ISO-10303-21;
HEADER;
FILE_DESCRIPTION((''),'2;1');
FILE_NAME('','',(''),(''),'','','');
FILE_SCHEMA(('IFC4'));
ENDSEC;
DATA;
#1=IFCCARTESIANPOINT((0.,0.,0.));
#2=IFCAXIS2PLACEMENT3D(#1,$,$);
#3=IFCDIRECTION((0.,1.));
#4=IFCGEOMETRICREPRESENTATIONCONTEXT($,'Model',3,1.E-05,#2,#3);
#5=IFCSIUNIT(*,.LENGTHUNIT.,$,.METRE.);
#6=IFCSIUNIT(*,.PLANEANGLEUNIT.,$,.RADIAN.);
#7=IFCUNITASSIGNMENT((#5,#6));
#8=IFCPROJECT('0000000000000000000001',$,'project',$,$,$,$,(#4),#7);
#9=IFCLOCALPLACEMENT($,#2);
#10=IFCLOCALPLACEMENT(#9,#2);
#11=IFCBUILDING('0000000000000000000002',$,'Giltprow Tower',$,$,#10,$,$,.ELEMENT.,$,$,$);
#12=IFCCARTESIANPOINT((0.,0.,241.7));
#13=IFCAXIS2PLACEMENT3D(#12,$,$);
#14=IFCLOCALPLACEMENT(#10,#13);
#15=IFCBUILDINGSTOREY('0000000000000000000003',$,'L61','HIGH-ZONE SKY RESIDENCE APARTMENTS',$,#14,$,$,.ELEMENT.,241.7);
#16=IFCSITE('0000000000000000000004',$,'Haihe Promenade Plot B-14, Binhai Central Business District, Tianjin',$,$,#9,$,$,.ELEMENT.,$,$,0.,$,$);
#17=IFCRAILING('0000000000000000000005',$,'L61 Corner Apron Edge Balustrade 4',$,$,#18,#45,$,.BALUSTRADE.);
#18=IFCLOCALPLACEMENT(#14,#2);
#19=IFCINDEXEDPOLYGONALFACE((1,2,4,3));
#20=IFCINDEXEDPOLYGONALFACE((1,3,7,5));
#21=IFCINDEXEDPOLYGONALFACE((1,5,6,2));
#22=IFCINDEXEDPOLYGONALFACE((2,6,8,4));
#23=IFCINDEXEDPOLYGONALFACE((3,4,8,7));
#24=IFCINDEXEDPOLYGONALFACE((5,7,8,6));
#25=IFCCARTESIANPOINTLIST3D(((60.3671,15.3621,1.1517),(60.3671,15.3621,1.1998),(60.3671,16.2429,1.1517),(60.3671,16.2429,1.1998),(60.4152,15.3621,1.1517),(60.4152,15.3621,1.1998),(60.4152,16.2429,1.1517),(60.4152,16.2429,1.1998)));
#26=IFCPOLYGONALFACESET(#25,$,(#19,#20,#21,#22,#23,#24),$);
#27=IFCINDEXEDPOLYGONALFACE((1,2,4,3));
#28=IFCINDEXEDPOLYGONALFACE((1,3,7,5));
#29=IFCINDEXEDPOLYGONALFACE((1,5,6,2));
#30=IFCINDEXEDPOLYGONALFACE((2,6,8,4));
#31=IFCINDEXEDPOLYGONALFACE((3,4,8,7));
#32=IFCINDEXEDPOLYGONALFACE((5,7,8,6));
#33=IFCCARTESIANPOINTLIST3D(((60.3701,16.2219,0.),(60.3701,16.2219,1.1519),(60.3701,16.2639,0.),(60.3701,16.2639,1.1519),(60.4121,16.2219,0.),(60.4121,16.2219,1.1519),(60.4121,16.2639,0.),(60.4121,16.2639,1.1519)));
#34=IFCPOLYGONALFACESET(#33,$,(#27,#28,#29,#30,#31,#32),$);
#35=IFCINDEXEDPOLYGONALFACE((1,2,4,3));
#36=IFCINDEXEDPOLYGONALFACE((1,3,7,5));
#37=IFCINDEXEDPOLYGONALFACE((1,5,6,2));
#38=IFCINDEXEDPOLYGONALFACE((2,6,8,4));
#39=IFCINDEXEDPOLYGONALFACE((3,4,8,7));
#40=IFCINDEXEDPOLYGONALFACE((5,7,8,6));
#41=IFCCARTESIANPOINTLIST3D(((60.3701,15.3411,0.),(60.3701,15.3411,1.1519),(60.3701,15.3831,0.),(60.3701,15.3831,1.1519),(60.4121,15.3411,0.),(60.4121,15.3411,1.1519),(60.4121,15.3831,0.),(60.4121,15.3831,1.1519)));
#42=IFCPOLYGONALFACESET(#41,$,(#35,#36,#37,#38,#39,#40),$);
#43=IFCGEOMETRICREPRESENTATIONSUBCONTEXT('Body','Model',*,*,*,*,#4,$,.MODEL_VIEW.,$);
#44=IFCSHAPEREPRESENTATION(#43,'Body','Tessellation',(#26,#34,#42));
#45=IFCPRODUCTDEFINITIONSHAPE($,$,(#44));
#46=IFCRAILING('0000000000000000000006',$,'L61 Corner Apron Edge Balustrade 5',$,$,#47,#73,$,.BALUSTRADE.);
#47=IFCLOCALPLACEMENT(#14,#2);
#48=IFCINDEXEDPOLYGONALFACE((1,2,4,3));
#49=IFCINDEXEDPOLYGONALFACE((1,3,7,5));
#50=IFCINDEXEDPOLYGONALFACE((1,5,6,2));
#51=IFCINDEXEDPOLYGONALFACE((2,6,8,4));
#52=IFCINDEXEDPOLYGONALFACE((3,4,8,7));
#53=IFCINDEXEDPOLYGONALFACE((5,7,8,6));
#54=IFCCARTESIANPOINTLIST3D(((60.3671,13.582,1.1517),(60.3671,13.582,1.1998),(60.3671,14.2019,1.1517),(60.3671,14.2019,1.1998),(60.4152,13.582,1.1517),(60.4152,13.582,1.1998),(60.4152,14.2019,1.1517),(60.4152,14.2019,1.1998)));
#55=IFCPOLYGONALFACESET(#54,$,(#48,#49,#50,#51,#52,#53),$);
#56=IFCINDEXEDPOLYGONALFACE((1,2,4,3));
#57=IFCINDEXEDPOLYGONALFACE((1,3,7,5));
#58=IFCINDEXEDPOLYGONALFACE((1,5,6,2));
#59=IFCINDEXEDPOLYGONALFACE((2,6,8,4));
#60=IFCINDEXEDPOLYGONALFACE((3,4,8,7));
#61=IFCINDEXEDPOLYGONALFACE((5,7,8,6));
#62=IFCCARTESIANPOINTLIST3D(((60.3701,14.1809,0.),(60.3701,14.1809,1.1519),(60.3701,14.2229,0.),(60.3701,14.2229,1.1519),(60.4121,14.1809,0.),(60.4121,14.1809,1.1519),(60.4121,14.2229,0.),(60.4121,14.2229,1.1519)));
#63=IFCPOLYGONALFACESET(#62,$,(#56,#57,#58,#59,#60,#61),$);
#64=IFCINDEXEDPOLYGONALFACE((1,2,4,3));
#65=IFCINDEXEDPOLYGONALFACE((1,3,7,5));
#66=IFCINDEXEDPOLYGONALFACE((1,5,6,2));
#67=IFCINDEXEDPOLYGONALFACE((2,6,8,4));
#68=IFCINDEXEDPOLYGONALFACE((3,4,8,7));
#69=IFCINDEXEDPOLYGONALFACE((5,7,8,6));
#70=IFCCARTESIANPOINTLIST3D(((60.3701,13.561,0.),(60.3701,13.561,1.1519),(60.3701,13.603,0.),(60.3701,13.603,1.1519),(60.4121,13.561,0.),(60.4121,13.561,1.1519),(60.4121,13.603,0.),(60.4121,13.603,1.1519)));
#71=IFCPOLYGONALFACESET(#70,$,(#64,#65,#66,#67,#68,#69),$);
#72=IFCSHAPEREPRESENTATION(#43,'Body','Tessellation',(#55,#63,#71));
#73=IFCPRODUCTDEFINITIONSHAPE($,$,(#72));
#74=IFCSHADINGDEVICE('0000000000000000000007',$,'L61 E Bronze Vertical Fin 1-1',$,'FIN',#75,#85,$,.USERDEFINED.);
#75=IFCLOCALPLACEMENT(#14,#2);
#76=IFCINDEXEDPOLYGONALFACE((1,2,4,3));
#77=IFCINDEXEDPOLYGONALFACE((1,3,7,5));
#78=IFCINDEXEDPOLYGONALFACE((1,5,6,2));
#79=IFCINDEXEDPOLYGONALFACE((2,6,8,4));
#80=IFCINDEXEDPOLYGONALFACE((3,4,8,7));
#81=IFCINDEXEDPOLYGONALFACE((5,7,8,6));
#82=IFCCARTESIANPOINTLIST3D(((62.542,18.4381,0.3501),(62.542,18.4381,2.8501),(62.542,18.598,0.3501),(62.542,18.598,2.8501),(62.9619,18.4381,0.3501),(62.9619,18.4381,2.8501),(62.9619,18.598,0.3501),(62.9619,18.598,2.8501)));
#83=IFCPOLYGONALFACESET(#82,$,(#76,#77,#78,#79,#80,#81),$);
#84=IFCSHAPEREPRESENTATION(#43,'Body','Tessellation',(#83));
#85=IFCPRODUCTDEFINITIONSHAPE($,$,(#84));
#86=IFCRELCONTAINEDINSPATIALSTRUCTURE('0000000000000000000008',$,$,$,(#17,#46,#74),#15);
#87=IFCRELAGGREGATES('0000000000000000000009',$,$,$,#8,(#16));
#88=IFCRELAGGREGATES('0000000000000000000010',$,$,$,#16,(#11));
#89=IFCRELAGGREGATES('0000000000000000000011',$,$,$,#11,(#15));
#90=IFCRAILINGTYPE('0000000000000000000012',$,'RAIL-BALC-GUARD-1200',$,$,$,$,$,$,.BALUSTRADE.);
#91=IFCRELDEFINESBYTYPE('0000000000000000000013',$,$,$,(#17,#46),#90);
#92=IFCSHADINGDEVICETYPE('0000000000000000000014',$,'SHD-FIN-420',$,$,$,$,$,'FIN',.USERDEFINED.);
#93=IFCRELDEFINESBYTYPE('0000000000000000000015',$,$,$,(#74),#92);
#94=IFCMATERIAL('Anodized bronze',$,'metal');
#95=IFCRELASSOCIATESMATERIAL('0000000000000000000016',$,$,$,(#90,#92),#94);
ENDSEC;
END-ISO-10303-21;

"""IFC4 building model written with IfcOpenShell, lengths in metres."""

from ifc_helpers import new_model, si_unit, direction, frame, origin, origin_2d, place, context, subcontext, project, spatial, rectangle, extrude, source, transform, mapped, material, type_object, element, save


model = new_model("IFC4")

# Units and contexts
model_context = context("Model", 3, precision=1e-05, world=origin(), true_north=direction((0.0, 1.0)))
body_context = subcontext(model_context, "Body", "Model", "MODEL_VIEW")
ifc_project = project(units=[si_unit("LENGTHUNIT", "METRE"), si_unit("PLANEANGLEUNIT", "RADIAN")], contexts=[model_context])

# Site, building, storey
site_placement = place(None, origin())
site = spatial("IfcSite", under=ifc_project, at=site_placement, Name="Haihe Promenade Plot B-14, Binhai Central Business District, Tianjin", CompositionType="ELEMENT", RefElevation=0.0)
building_placement = place(site_placement, origin())
building = spatial("IfcBuilding", under=site, at=building_placement, Name="Giltprow Tower", CompositionType="ELEMENT")
storey_placement = place(building_placement, frame((0.0, 0.0, 241.7)))
storey = spatial("IfcBuildingStorey", under=building, at=storey_placement, Name="L61", Description="HIGH-ZONE SKY RESIDENCE APARTMENTS", CompositionType="ELEMENT", Elevation=241.7)

# Shared definitions
ifc_material_1 = material(Name="Anodized bronze", Category="metal")

# Railings
railing_type = type_object("IfcRailingType", Name="RAIL-BALC-GUARD-1200", PredefinedType="BALUSTRADE", material=ifc_material_1)
railing_1_placement = place(storey_placement, frame((60.3911, 16.2429, 0.0)))
element("IfcRailing", 1, at=railing_1_placement, inside=storey, type_object=railing_type, Name="L61 Corner Apron Edge Balustrade 4", PredefinedType="BALUSTRADE", context=body_context, shape_type="SweptSolid", body=[
    extrude(rectangle(XDim=0.0481, YDim=0.0481, at=origin_2d()), frame((0.0, 0.0, 1.1758), z_axis=(0.0, -1.0, 0.0), x_axis=(1.0, 0.0, 0.0)), (0.0, 0.0, 1.0), 0.8809),
    extrude(rectangle(XDim=0.042, YDim=0.042, at=origin_2d()), origin(), (0.0, 0.0, 1.0), 1.1519),
    extrude(rectangle(XDim=0.042, YDim=0.042, at=origin_2d()), frame((0.0, -0.8809, 0.0)), (0.0, 0.0, 1.0), 1.1519),
])
railing_2_placement = place(storey_placement, frame((60.3911, 14.2019, 0.0)))
element("IfcRailing", 2, at=railing_2_placement, inside=storey, type_object=railing_type, Name="L61 Corner Apron Edge Balustrade 5", PredefinedType="BALUSTRADE", context=body_context, shape_type="SweptSolid", body=[
    extrude(rectangle(XDim=0.0481, YDim=0.0481, at=origin_2d()), frame((0.0, 0.0, 1.1758), z_axis=(0.0, -1.0, 0.0), x_axis=(1.0, 0.0, 0.0)), (0.0, 0.0, 1.0), 0.6199),
    extrude(rectangle(XDim=0.042, YDim=0.042, at=origin_2d()), origin(), (0.0, 0.0, 1.0), 1.1519),
    extrude(rectangle(XDim=0.042, YDim=0.042, at=origin_2d()), frame((0.0, -0.6199, 0.0)), (0.0, 0.0, 1.0), 1.1519),
])

# Shading device
shading_device_type = type_object("IfcShadingDeviceType", Name="SHD-FIN-420", ElementType="FIN", PredefinedType="USERDEFINED", material=ifc_material_1)
shared_shape_1 = source(origin(), body_context, "Body", "SweptSolid", [
    extrude(rectangle(XDim=0.4199, YDim=0.1599, at=origin_2d()), origin(), (0.0, 0.0, 1.0), 2.5),
])
shading_device_placement = place(storey_placement, frame((62.752, 18.5181, 0.3501), z_axis=(0.0, 0.0, 1.0), x_axis=(1.0, 0.0, 0.0)))
element("IfcShadingDevice", 3, at=shading_device_placement, inside=storey, type_object=shading_device_type, Name="L61 E Bronze Vertical Fin 1-1", ObjectType="FIN", PredefinedType="USERDEFINED", context=body_context, shape_type="MappedRepresentation", body=[
    mapped(shared_shape_1, transform((0.0, 0.0, 0.0), x_axis=(1.0, 0.0, 0.0), y_axis=(0.0, 1.0, 0.0), z_axis=(0.0, 0.0, 1.0), scale=1.0)),
])

save(model, "model.ifc")
